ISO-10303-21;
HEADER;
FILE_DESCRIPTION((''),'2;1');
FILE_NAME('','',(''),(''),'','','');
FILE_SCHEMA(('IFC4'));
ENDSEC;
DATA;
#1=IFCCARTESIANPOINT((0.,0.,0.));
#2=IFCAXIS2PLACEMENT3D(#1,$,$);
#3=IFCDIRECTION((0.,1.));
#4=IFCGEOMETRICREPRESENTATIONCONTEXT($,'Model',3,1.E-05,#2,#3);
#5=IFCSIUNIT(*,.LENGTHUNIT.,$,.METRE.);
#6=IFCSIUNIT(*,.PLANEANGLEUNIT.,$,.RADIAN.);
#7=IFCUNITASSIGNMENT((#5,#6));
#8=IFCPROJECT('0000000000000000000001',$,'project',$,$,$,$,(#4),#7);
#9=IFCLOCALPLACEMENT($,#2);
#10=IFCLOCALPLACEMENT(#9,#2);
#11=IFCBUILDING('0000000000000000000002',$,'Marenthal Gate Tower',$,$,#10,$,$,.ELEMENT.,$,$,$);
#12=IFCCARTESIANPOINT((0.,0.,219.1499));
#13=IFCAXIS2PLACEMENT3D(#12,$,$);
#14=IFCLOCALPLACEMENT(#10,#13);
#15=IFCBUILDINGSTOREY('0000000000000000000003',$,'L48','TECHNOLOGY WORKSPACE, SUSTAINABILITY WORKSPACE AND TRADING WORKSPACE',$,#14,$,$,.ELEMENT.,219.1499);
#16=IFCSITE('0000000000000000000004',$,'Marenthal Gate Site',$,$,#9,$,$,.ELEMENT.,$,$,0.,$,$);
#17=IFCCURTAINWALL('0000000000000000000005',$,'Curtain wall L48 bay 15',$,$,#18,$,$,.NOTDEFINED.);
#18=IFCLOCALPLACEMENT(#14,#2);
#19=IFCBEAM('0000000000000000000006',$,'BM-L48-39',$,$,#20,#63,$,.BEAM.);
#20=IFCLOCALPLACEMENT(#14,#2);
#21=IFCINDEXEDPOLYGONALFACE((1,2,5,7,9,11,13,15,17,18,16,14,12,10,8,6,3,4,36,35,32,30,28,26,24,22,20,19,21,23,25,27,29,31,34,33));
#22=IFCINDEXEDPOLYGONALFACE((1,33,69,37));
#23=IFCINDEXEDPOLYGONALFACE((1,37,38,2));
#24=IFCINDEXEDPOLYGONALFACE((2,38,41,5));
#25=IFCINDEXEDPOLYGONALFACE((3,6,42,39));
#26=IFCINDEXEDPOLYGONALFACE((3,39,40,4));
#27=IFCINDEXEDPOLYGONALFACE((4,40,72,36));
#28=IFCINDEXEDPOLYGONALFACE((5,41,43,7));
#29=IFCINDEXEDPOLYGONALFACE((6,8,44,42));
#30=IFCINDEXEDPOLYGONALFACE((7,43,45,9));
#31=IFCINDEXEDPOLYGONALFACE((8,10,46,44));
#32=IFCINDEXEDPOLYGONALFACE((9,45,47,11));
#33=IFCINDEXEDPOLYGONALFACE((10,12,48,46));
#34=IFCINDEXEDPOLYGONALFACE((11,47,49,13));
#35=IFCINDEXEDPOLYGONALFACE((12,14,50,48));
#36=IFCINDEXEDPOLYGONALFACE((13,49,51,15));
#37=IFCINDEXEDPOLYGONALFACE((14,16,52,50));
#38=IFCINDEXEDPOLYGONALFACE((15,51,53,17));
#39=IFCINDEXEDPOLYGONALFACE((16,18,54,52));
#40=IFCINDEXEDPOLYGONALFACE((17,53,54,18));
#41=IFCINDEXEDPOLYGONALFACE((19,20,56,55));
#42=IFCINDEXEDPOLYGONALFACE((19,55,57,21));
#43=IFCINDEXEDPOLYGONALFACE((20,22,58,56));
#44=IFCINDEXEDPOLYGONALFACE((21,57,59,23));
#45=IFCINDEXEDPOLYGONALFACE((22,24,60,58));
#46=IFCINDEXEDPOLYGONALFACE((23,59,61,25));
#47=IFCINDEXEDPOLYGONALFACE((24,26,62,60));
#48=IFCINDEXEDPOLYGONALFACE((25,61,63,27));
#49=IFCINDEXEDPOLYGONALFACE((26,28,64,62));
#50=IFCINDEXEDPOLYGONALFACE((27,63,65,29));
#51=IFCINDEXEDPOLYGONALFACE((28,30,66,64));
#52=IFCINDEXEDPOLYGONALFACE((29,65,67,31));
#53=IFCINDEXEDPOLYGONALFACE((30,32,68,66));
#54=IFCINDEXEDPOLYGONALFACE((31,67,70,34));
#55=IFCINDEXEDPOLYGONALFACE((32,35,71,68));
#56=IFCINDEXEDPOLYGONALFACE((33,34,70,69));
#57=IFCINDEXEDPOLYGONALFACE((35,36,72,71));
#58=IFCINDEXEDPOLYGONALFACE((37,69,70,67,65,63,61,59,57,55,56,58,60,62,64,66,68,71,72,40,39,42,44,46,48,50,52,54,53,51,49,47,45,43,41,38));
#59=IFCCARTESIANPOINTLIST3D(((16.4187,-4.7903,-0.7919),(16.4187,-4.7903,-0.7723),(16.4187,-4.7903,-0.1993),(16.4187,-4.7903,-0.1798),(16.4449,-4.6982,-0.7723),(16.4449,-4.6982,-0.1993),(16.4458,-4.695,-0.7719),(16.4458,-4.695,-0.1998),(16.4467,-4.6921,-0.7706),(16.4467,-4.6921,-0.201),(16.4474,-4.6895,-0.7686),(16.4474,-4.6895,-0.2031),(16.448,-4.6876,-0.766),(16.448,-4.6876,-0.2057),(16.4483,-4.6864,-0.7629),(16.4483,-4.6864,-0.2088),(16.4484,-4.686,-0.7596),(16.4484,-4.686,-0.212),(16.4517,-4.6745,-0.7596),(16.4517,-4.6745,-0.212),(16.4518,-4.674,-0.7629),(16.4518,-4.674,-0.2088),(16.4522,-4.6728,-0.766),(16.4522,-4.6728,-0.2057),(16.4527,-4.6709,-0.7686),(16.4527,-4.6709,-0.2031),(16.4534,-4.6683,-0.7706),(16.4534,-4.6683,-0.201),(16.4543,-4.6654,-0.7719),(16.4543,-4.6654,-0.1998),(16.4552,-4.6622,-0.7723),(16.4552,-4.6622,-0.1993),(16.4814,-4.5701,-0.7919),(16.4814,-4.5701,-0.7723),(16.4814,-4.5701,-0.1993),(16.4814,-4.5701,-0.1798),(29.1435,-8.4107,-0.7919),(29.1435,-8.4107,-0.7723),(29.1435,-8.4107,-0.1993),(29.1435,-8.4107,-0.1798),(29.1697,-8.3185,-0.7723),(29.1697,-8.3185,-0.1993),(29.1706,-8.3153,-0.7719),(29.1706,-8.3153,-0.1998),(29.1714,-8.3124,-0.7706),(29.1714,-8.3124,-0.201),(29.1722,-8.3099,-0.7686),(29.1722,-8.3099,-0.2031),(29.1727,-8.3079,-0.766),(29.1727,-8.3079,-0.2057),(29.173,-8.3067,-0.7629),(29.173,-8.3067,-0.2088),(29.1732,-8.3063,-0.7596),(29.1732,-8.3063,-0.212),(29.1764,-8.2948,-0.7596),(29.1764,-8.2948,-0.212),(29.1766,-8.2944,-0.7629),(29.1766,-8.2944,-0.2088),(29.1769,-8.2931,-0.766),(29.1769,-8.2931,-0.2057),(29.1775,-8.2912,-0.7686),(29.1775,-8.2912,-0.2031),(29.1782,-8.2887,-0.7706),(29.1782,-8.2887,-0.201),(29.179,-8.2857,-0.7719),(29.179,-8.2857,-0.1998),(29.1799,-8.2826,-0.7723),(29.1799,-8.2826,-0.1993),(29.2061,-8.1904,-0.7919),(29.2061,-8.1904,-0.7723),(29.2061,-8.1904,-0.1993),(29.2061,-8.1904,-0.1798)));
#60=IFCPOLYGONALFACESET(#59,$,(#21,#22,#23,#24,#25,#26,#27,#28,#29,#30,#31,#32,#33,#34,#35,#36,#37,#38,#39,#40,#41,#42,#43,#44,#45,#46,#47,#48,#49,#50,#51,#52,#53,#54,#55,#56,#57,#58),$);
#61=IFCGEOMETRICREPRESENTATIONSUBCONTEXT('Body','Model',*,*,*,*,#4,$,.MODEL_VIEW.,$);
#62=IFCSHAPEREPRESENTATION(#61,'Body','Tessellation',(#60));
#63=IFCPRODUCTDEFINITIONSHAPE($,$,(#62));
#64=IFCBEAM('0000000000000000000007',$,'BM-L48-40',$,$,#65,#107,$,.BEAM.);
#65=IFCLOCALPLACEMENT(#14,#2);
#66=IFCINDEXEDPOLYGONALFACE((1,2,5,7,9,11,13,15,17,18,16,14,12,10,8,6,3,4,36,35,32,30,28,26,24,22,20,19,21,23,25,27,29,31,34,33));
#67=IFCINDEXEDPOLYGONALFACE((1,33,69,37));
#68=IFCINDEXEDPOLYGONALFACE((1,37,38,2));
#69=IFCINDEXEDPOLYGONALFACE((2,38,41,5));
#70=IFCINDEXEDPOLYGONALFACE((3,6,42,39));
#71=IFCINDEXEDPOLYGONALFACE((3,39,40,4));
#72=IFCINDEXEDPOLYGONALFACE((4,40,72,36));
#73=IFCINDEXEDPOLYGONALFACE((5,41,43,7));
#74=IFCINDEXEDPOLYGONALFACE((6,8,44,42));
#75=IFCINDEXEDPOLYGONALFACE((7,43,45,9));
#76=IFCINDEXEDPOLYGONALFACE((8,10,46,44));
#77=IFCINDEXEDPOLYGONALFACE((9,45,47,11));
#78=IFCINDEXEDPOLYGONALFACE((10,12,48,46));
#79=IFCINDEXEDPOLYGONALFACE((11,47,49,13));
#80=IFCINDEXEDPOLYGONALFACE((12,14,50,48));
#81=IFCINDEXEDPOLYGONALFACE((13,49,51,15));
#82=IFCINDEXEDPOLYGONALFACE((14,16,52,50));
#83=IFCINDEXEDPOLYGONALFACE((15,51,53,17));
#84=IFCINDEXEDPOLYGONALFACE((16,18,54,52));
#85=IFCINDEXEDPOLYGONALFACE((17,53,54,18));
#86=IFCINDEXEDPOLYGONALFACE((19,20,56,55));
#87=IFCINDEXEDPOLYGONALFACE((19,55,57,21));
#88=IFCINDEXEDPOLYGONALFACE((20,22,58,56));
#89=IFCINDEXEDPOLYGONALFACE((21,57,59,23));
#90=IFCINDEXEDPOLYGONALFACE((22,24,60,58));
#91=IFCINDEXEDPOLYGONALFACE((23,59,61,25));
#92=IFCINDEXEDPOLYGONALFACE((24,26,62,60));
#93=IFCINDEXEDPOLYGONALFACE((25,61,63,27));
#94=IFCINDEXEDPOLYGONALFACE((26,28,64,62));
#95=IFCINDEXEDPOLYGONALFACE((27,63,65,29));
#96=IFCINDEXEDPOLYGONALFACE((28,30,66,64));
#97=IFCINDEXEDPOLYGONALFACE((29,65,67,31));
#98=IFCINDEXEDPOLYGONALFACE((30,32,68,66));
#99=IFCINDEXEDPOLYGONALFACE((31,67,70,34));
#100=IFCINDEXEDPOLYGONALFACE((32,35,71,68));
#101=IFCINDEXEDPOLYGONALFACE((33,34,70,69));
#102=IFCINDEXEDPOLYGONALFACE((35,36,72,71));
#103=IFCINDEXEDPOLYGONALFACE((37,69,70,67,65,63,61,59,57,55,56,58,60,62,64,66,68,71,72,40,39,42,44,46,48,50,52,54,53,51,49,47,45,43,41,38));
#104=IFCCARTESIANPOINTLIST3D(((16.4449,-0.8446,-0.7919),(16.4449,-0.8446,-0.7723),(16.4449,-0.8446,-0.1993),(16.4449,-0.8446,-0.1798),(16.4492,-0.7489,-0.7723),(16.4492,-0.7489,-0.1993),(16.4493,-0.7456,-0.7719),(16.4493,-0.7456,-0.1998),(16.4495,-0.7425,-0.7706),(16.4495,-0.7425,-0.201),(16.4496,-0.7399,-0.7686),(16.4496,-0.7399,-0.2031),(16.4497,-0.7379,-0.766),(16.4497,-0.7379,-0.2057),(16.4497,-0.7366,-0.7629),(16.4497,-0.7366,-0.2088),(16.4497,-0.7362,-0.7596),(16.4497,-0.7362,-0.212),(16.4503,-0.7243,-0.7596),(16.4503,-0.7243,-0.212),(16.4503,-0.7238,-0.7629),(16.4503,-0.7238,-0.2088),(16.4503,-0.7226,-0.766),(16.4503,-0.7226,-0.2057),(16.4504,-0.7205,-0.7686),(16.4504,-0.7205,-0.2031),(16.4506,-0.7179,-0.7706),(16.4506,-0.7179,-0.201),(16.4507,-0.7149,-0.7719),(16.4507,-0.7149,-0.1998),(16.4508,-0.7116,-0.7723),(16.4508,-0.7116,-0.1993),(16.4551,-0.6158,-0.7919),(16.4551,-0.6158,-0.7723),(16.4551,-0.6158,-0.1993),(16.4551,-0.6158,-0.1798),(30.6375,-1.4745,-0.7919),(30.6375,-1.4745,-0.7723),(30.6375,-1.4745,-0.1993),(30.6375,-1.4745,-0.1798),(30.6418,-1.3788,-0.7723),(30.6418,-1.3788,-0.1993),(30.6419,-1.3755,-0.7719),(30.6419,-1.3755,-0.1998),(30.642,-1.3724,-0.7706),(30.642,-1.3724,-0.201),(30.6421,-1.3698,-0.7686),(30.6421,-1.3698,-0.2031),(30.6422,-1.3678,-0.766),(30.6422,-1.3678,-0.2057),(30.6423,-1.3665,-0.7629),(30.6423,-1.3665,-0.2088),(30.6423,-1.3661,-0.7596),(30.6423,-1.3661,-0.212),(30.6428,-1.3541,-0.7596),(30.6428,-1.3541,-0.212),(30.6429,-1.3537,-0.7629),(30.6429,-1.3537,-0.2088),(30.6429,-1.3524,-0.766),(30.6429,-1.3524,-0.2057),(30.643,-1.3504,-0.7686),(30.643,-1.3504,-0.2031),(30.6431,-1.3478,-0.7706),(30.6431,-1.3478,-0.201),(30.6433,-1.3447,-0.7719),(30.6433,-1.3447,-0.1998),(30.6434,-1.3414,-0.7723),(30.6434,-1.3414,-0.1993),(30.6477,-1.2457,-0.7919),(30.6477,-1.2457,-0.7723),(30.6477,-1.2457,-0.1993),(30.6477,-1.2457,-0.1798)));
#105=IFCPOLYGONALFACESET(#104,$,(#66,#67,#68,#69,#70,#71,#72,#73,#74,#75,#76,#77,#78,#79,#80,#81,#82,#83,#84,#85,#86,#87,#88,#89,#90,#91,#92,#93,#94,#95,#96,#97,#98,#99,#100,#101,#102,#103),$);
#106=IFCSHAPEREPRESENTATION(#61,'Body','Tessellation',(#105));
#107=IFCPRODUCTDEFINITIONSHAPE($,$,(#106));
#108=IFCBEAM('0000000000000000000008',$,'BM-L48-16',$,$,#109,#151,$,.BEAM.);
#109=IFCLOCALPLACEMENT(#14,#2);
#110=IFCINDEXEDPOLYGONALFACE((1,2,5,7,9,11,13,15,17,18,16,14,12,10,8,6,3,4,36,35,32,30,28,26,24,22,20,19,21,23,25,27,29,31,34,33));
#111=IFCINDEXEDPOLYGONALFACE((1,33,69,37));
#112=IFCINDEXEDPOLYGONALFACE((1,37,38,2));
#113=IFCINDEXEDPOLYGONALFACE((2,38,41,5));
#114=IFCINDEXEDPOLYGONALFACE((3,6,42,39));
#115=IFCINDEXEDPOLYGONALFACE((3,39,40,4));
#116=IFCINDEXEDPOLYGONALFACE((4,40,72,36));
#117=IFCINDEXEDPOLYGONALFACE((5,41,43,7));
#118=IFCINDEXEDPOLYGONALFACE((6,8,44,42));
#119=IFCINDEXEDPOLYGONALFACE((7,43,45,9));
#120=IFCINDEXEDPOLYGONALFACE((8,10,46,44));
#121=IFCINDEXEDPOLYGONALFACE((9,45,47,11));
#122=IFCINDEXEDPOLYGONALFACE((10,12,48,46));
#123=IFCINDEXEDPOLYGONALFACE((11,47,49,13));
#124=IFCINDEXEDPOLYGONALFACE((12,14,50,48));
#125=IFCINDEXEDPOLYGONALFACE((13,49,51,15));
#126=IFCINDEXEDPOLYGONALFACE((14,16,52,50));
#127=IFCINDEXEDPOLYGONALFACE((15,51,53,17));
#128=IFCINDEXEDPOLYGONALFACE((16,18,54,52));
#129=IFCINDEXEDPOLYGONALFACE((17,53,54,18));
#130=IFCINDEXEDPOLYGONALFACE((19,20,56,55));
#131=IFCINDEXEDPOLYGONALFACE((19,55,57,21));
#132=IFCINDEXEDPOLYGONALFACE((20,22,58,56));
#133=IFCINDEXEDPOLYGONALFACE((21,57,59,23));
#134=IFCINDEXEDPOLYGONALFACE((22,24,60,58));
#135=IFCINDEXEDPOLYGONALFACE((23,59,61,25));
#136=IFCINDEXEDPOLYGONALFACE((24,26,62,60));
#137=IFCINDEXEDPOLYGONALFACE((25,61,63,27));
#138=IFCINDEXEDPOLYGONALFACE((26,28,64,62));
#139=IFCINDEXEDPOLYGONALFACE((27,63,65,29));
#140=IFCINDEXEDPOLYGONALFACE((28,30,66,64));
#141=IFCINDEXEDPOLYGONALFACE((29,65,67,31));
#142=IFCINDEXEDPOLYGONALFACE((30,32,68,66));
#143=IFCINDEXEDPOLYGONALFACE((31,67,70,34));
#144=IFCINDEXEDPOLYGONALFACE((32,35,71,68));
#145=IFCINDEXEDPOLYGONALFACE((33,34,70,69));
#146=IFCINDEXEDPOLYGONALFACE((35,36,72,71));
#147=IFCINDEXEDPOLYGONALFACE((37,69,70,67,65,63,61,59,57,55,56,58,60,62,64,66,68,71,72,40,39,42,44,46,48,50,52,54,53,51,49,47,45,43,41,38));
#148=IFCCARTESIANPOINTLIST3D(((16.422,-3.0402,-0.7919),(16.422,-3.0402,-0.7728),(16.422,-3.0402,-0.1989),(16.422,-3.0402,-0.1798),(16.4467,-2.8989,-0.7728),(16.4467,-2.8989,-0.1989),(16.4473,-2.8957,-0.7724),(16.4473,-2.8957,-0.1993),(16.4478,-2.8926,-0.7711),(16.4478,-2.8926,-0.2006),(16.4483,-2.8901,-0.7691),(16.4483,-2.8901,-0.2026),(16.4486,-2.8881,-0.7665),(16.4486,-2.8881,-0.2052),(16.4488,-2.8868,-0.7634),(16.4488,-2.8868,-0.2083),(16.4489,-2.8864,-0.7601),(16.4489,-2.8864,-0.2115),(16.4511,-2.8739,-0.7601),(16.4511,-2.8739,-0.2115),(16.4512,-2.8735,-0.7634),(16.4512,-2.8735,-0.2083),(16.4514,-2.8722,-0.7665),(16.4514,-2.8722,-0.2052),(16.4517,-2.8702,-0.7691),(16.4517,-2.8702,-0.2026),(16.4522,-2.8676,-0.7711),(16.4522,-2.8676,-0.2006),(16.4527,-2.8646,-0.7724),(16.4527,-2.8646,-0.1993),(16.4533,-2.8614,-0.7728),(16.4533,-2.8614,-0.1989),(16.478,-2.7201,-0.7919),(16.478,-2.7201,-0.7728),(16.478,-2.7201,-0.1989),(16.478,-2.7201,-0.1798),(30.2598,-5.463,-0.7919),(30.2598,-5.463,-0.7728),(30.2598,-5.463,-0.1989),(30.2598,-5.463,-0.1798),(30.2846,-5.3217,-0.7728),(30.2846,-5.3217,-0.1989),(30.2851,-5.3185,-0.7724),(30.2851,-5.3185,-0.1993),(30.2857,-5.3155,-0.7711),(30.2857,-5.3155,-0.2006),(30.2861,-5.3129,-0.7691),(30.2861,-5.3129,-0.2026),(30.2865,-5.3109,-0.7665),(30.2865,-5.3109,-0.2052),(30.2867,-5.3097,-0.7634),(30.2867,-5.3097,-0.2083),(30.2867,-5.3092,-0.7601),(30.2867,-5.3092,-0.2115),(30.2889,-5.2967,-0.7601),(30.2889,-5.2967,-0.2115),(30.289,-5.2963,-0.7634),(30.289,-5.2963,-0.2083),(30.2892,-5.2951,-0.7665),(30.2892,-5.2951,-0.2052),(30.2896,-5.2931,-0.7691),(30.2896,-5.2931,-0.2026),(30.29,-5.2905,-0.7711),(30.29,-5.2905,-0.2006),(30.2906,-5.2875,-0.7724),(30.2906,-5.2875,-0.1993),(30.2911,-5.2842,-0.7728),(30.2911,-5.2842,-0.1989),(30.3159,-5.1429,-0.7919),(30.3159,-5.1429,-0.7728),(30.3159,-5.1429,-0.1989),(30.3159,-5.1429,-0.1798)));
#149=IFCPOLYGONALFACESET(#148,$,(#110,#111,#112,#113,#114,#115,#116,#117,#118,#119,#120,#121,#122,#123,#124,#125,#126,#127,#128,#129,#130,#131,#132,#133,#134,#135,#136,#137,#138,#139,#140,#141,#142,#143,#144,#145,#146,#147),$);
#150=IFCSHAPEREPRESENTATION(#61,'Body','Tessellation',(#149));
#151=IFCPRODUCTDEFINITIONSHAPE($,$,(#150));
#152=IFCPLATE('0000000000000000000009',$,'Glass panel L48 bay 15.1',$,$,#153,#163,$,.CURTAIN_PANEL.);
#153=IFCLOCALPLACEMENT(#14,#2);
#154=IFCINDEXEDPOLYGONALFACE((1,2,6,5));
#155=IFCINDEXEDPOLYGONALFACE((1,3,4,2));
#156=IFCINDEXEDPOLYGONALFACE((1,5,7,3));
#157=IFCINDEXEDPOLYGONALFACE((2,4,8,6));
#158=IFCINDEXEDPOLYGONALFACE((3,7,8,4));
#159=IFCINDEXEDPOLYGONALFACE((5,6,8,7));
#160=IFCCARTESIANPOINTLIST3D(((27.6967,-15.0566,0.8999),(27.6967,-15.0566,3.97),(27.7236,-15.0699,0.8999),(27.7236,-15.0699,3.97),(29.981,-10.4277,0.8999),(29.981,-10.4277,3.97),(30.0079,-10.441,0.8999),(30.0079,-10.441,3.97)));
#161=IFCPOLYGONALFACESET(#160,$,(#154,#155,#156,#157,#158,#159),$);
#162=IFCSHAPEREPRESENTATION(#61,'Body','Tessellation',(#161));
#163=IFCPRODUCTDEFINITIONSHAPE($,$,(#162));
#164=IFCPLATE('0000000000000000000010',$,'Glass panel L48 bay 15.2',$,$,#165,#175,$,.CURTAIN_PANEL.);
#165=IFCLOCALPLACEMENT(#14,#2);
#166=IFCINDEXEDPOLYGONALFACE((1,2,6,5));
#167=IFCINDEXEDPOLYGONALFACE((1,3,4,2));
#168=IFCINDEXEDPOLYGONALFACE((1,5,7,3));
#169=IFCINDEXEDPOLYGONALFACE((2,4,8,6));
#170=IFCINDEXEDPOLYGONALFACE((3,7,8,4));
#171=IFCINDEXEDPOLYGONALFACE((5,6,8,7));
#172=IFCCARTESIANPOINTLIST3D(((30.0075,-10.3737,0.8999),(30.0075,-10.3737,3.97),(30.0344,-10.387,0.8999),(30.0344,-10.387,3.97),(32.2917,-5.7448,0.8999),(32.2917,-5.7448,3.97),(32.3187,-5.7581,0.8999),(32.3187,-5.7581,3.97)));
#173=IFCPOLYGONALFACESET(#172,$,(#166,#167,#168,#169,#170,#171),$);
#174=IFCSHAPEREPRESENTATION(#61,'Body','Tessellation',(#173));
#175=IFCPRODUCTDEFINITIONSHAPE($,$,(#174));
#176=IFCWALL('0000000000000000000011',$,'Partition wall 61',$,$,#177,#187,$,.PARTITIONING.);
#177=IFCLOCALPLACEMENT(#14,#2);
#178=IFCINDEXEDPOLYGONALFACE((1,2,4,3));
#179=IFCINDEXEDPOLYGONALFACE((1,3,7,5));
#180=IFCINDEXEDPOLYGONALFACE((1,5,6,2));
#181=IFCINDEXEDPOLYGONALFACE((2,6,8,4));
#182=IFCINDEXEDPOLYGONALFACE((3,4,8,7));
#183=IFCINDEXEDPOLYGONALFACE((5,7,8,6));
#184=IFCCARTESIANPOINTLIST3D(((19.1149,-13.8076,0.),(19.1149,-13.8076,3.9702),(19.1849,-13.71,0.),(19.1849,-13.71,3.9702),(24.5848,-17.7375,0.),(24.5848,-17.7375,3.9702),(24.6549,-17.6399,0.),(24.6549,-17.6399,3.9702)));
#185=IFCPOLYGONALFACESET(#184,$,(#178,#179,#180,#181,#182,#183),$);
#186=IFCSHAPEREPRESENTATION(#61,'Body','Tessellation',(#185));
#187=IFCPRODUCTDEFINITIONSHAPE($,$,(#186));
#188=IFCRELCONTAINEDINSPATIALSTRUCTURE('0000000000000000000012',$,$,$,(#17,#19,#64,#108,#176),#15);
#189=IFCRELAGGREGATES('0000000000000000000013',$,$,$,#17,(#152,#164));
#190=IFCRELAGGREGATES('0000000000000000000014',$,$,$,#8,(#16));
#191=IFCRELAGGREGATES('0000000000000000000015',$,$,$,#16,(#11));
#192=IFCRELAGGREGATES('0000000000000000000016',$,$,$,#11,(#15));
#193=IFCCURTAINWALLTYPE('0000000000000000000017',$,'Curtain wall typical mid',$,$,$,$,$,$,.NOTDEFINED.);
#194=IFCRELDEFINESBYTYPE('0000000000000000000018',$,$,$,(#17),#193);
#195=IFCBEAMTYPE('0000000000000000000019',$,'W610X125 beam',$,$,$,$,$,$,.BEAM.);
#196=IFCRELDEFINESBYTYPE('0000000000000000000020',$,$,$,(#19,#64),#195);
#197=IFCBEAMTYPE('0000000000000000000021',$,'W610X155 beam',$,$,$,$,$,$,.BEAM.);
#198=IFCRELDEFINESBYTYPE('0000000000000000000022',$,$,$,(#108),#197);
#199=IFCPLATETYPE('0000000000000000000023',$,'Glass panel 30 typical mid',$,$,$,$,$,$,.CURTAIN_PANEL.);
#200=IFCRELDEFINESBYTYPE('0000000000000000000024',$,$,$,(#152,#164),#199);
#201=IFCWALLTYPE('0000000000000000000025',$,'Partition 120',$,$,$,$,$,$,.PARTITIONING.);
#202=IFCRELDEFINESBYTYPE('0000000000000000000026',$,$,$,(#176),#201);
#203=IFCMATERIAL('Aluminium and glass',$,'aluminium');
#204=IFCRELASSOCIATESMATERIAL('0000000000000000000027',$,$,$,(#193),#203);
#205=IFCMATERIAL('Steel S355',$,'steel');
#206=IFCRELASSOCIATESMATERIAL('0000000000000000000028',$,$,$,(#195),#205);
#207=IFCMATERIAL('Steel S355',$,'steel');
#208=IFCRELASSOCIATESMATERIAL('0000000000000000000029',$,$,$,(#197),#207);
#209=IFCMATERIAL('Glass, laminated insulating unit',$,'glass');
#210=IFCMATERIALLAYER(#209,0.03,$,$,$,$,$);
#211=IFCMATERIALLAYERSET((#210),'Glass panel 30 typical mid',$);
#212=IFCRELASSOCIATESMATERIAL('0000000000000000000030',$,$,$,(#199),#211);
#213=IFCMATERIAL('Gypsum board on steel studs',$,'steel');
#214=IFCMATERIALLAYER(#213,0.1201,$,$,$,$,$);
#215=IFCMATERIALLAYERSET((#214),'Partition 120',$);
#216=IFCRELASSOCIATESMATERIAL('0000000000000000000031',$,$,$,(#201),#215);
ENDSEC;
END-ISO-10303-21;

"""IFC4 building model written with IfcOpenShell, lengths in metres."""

from ifc_helpers import new_model, si_unit, direction, frame, frame_2d, origin, origin_2d, place, context, subcontext, project, spatial, rectangle, i_section, extrude, material, layer, layer_set, material_profile, profile_set, type_object, element, aggregate, save


model = new_model("IFC4")

# Units and contexts
model_context = context("Model", 3, precision=1e-05, world=origin(), true_north=direction((0.0, 1.0)))
body_context = subcontext(model_context, "Body", "Model", "MODEL_VIEW")
ifc_project = project(units=[si_unit("LENGTHUNIT", "METRE"), si_unit("PLANEANGLEUNIT", "RADIAN")], contexts=[model_context])

# Site, building, storey
site_placement = place(None, origin())
site = spatial("IfcSite", under=ifc_project, at=site_placement, Name="Marenthal Gate Site", CompositionType="ELEMENT", RefElevation=0.0)
building_placement = place(site_placement, origin())
building = spatial("IfcBuilding", under=site, at=building_placement, Name="Marenthal Gate Tower", CompositionType="ELEMENT")
storey_placement = place(building_placement, frame((0.0, 0.0, 219.1499)))
storey = spatial("IfcBuildingStorey", under=building, at=storey_placement, Name="L48", Description="TECHNOLOGY WORKSPACE, SUSTAINABILITY WORKSPACE AND TRADING WORKSPACE", CompositionType="ELEMENT", Elevation=219.1499)

# Curtain wall
ifc_material_1 = material(Name="Aluminium and glass", Category="aluminium")
curtain_wall_type = type_object("IfcCurtainWallType", Name="Curtain wall typical mid", PredefinedType="NOTDEFINED", material=ifc_material_1)
curtain_wall_placement = place(storey_placement, origin())
curtain_wall = element("IfcCurtainWall", 1, at=curtain_wall_placement, inside=storey, type_object=curtain_wall_type, Name="Curtain wall L48 bay 15", PredefinedType="NOTDEFINED")

# Beams
ifc_material_2 = material(Name="Steel S355", Category="steel")
ifc_material_profile_1 = material_profile(ifc_material_2, i_section(OverallWidth=0.229, OverallDepth=0.6121, WebThickness=0.012, FlangeThickness=0.0195, FilletRadius=0.0127, at=origin_2d()), Name="W610X125")
ifc_profile_set_1 = profile_set([ifc_material_profile_1], Name="Steel S355")
beam_type_1 = type_object("IfcBeamType", Name="W610X125 beam", PredefinedType="BEAM", material=ifc_profile_set_1)
beam_1_placement = place(storey_placement, frame((29.1748, -8.3005, -0.4858), z_axis=(-0.961829, 0.273651, 0.0), x_axis=(-0.273651, -0.961829, 0.0)))
element("IfcBeam", 2, at=beam_1_placement, inside=storey, type_object=beam_type_1, Name="BM-L48-39", PredefinedType="BEAM", context=body_context, shape_type="SweptSolid", body=[
    extrude(i_section(OverallWidth=0.229, OverallDepth=0.6121, WebThickness=0.012, FlangeThickness=0.0195, FilletRadius=0.0127, at=origin_2d()), origin(), (0.0, 0.0, 1.0), 13.2297),
])
beam_2_placement = place(storey_placement, frame((30.6426, -1.3601, -0.4858), z_axis=(-0.999017, 0.044337, 0.0), x_axis=(-0.044337, -0.999017, 0.0)))
element("IfcBeam", 3, at=beam_2_placement, inside=storey, type_object=beam_type_1, Name="BM-L48-40", PredefinedType="BEAM", context=body_context, shape_type="SweptSolid", body=[
    extrude(i_section(OverallWidth=0.229, OverallDepth=0.6121, WebThickness=0.012, FlangeThickness=0.0195, FilletRadius=0.0127, at=origin_2d()), origin(), (0.0, 0.0, 1.0), 14.2065),
])
ifc_material_3 = material(Name="Steel S355", Category="steel")
ifc_material_profile_2 = material_profile(ifc_material_3, i_section(OverallWidth=0.325, OverallDepth=0.6121, WebThickness=0.0127, FlangeThickness=0.019, FilletRadius=0.0127, at=origin_2d()), Name="W610X155")
ifc_profile_set_2 = profile_set([ifc_material_profile_2], Name="Steel S355")
beam_type_2 = type_object("IfcBeamType", Name="W610X155 beam", PredefinedType="BEAM", material=ifc_profile_set_2)
beam_3_placement = place(storey_placement, frame((30.2878, -5.303, -0.4858), z_axis=(-0.985016, 0.172465, 0.0), x_axis=(-0.172465, -0.985016, 0.0)))
element("IfcBeam", 4, at=beam_3_placement, inside=storey, type_object=beam_type_2, Name="BM-L48-16", PredefinedType="BEAM", context=body_context, shape_type="SweptSolid", body=[
    extrude(i_section(OverallWidth=0.325, OverallDepth=0.6121, WebThickness=0.0127, FlangeThickness=0.019, FilletRadius=0.0127, at=origin_2d()), origin(), (0.0, 0.0, 1.0), 14.0483),
])

# Plates
ifc_material_4 = material(Name="Glass, laminated insulating unit", Category="glass")
ifc_layer_1 = layer(ifc_material_4, 0.03)
ifc_layer_set_1 = layer_set([ifc_layer_1], Name="Glass panel 30 typical mid")
plate_type = type_object("IfcPlateType", Name="Glass panel 30 typical mid", PredefinedType="CURTAIN_PANEL", material=ifc_layer_set_1)
plate_1_placement = place(storey_placement, frame((28.8523, -12.7488, 0.8999), z_axis=(0.0, 0.0, 1.0), x_axis=(0.442523, 0.896757, 0.0)))
plate_1 = element("IfcPlate", 5, at=plate_1_placement, type_object=plate_type, Name="Glass panel L48 bay 15.1", PredefinedType="CURTAIN_PANEL", context=body_context, shape_type="SweptSolid", body=[
    extrude(rectangle(XDim=5.1619, YDim=0.03, at=origin_2d()), origin(), (0.0, 0.0, 1.0), 3.0701),
])
plate_2_placement = place(storey_placement, frame((31.1631, -8.0659, 0.8999), z_axis=(0.0, 0.0, 1.0), x_axis=(0.442523, 0.896757, 0.0)))
plate_2 = element("IfcPlate", 6, at=plate_2_placement, type_object=plate_type, Name="Glass panel L48 bay 15.2", PredefinedType="CURTAIN_PANEL", context=body_context, shape_type="SweptSolid", body=[
    extrude(rectangle(XDim=5.1619, YDim=0.03, at=origin_2d()), origin(), (0.0, 0.0, 1.0), 3.0701),
])
aggregate(curtain_wall, [plate_1, plate_2])

# Wall
ifc_material_5 = material(Name="Gypsum board on steel studs", Category="steel")
ifc_layer_2 = layer(ifc_material_5, 0.1201)
ifc_layer_set_2 = layer_set([ifc_layer_2], Name="Partition 120")
wall_type_1 = type_object("IfcWallType", Name="Partition 120", PredefinedType="PARTITIONING", material=ifc_layer_set_2)
wall_1_placement = place(storey_placement, frame((19.1499, -13.7588, 0.0), z_axis=(0.0, 0.0, 1.0), x_axis=(0.812129, -0.583478, 0.0)))
element("IfcWall", 7, at=wall_1_placement, inside=storey, type_object=wall_type_1, Name="Partition wall 61", PredefinedType="PARTITIONING", context=body_context, shape_type="SweptSolid", body=[
    extrude(rectangle(XDim=6.7354, YDim=0.1201, at=frame_2d((3.3677, 0.0))), origin(), (0.0, 0.0, 1.0), 3.9702),
])

save(model, "model.ifc")
